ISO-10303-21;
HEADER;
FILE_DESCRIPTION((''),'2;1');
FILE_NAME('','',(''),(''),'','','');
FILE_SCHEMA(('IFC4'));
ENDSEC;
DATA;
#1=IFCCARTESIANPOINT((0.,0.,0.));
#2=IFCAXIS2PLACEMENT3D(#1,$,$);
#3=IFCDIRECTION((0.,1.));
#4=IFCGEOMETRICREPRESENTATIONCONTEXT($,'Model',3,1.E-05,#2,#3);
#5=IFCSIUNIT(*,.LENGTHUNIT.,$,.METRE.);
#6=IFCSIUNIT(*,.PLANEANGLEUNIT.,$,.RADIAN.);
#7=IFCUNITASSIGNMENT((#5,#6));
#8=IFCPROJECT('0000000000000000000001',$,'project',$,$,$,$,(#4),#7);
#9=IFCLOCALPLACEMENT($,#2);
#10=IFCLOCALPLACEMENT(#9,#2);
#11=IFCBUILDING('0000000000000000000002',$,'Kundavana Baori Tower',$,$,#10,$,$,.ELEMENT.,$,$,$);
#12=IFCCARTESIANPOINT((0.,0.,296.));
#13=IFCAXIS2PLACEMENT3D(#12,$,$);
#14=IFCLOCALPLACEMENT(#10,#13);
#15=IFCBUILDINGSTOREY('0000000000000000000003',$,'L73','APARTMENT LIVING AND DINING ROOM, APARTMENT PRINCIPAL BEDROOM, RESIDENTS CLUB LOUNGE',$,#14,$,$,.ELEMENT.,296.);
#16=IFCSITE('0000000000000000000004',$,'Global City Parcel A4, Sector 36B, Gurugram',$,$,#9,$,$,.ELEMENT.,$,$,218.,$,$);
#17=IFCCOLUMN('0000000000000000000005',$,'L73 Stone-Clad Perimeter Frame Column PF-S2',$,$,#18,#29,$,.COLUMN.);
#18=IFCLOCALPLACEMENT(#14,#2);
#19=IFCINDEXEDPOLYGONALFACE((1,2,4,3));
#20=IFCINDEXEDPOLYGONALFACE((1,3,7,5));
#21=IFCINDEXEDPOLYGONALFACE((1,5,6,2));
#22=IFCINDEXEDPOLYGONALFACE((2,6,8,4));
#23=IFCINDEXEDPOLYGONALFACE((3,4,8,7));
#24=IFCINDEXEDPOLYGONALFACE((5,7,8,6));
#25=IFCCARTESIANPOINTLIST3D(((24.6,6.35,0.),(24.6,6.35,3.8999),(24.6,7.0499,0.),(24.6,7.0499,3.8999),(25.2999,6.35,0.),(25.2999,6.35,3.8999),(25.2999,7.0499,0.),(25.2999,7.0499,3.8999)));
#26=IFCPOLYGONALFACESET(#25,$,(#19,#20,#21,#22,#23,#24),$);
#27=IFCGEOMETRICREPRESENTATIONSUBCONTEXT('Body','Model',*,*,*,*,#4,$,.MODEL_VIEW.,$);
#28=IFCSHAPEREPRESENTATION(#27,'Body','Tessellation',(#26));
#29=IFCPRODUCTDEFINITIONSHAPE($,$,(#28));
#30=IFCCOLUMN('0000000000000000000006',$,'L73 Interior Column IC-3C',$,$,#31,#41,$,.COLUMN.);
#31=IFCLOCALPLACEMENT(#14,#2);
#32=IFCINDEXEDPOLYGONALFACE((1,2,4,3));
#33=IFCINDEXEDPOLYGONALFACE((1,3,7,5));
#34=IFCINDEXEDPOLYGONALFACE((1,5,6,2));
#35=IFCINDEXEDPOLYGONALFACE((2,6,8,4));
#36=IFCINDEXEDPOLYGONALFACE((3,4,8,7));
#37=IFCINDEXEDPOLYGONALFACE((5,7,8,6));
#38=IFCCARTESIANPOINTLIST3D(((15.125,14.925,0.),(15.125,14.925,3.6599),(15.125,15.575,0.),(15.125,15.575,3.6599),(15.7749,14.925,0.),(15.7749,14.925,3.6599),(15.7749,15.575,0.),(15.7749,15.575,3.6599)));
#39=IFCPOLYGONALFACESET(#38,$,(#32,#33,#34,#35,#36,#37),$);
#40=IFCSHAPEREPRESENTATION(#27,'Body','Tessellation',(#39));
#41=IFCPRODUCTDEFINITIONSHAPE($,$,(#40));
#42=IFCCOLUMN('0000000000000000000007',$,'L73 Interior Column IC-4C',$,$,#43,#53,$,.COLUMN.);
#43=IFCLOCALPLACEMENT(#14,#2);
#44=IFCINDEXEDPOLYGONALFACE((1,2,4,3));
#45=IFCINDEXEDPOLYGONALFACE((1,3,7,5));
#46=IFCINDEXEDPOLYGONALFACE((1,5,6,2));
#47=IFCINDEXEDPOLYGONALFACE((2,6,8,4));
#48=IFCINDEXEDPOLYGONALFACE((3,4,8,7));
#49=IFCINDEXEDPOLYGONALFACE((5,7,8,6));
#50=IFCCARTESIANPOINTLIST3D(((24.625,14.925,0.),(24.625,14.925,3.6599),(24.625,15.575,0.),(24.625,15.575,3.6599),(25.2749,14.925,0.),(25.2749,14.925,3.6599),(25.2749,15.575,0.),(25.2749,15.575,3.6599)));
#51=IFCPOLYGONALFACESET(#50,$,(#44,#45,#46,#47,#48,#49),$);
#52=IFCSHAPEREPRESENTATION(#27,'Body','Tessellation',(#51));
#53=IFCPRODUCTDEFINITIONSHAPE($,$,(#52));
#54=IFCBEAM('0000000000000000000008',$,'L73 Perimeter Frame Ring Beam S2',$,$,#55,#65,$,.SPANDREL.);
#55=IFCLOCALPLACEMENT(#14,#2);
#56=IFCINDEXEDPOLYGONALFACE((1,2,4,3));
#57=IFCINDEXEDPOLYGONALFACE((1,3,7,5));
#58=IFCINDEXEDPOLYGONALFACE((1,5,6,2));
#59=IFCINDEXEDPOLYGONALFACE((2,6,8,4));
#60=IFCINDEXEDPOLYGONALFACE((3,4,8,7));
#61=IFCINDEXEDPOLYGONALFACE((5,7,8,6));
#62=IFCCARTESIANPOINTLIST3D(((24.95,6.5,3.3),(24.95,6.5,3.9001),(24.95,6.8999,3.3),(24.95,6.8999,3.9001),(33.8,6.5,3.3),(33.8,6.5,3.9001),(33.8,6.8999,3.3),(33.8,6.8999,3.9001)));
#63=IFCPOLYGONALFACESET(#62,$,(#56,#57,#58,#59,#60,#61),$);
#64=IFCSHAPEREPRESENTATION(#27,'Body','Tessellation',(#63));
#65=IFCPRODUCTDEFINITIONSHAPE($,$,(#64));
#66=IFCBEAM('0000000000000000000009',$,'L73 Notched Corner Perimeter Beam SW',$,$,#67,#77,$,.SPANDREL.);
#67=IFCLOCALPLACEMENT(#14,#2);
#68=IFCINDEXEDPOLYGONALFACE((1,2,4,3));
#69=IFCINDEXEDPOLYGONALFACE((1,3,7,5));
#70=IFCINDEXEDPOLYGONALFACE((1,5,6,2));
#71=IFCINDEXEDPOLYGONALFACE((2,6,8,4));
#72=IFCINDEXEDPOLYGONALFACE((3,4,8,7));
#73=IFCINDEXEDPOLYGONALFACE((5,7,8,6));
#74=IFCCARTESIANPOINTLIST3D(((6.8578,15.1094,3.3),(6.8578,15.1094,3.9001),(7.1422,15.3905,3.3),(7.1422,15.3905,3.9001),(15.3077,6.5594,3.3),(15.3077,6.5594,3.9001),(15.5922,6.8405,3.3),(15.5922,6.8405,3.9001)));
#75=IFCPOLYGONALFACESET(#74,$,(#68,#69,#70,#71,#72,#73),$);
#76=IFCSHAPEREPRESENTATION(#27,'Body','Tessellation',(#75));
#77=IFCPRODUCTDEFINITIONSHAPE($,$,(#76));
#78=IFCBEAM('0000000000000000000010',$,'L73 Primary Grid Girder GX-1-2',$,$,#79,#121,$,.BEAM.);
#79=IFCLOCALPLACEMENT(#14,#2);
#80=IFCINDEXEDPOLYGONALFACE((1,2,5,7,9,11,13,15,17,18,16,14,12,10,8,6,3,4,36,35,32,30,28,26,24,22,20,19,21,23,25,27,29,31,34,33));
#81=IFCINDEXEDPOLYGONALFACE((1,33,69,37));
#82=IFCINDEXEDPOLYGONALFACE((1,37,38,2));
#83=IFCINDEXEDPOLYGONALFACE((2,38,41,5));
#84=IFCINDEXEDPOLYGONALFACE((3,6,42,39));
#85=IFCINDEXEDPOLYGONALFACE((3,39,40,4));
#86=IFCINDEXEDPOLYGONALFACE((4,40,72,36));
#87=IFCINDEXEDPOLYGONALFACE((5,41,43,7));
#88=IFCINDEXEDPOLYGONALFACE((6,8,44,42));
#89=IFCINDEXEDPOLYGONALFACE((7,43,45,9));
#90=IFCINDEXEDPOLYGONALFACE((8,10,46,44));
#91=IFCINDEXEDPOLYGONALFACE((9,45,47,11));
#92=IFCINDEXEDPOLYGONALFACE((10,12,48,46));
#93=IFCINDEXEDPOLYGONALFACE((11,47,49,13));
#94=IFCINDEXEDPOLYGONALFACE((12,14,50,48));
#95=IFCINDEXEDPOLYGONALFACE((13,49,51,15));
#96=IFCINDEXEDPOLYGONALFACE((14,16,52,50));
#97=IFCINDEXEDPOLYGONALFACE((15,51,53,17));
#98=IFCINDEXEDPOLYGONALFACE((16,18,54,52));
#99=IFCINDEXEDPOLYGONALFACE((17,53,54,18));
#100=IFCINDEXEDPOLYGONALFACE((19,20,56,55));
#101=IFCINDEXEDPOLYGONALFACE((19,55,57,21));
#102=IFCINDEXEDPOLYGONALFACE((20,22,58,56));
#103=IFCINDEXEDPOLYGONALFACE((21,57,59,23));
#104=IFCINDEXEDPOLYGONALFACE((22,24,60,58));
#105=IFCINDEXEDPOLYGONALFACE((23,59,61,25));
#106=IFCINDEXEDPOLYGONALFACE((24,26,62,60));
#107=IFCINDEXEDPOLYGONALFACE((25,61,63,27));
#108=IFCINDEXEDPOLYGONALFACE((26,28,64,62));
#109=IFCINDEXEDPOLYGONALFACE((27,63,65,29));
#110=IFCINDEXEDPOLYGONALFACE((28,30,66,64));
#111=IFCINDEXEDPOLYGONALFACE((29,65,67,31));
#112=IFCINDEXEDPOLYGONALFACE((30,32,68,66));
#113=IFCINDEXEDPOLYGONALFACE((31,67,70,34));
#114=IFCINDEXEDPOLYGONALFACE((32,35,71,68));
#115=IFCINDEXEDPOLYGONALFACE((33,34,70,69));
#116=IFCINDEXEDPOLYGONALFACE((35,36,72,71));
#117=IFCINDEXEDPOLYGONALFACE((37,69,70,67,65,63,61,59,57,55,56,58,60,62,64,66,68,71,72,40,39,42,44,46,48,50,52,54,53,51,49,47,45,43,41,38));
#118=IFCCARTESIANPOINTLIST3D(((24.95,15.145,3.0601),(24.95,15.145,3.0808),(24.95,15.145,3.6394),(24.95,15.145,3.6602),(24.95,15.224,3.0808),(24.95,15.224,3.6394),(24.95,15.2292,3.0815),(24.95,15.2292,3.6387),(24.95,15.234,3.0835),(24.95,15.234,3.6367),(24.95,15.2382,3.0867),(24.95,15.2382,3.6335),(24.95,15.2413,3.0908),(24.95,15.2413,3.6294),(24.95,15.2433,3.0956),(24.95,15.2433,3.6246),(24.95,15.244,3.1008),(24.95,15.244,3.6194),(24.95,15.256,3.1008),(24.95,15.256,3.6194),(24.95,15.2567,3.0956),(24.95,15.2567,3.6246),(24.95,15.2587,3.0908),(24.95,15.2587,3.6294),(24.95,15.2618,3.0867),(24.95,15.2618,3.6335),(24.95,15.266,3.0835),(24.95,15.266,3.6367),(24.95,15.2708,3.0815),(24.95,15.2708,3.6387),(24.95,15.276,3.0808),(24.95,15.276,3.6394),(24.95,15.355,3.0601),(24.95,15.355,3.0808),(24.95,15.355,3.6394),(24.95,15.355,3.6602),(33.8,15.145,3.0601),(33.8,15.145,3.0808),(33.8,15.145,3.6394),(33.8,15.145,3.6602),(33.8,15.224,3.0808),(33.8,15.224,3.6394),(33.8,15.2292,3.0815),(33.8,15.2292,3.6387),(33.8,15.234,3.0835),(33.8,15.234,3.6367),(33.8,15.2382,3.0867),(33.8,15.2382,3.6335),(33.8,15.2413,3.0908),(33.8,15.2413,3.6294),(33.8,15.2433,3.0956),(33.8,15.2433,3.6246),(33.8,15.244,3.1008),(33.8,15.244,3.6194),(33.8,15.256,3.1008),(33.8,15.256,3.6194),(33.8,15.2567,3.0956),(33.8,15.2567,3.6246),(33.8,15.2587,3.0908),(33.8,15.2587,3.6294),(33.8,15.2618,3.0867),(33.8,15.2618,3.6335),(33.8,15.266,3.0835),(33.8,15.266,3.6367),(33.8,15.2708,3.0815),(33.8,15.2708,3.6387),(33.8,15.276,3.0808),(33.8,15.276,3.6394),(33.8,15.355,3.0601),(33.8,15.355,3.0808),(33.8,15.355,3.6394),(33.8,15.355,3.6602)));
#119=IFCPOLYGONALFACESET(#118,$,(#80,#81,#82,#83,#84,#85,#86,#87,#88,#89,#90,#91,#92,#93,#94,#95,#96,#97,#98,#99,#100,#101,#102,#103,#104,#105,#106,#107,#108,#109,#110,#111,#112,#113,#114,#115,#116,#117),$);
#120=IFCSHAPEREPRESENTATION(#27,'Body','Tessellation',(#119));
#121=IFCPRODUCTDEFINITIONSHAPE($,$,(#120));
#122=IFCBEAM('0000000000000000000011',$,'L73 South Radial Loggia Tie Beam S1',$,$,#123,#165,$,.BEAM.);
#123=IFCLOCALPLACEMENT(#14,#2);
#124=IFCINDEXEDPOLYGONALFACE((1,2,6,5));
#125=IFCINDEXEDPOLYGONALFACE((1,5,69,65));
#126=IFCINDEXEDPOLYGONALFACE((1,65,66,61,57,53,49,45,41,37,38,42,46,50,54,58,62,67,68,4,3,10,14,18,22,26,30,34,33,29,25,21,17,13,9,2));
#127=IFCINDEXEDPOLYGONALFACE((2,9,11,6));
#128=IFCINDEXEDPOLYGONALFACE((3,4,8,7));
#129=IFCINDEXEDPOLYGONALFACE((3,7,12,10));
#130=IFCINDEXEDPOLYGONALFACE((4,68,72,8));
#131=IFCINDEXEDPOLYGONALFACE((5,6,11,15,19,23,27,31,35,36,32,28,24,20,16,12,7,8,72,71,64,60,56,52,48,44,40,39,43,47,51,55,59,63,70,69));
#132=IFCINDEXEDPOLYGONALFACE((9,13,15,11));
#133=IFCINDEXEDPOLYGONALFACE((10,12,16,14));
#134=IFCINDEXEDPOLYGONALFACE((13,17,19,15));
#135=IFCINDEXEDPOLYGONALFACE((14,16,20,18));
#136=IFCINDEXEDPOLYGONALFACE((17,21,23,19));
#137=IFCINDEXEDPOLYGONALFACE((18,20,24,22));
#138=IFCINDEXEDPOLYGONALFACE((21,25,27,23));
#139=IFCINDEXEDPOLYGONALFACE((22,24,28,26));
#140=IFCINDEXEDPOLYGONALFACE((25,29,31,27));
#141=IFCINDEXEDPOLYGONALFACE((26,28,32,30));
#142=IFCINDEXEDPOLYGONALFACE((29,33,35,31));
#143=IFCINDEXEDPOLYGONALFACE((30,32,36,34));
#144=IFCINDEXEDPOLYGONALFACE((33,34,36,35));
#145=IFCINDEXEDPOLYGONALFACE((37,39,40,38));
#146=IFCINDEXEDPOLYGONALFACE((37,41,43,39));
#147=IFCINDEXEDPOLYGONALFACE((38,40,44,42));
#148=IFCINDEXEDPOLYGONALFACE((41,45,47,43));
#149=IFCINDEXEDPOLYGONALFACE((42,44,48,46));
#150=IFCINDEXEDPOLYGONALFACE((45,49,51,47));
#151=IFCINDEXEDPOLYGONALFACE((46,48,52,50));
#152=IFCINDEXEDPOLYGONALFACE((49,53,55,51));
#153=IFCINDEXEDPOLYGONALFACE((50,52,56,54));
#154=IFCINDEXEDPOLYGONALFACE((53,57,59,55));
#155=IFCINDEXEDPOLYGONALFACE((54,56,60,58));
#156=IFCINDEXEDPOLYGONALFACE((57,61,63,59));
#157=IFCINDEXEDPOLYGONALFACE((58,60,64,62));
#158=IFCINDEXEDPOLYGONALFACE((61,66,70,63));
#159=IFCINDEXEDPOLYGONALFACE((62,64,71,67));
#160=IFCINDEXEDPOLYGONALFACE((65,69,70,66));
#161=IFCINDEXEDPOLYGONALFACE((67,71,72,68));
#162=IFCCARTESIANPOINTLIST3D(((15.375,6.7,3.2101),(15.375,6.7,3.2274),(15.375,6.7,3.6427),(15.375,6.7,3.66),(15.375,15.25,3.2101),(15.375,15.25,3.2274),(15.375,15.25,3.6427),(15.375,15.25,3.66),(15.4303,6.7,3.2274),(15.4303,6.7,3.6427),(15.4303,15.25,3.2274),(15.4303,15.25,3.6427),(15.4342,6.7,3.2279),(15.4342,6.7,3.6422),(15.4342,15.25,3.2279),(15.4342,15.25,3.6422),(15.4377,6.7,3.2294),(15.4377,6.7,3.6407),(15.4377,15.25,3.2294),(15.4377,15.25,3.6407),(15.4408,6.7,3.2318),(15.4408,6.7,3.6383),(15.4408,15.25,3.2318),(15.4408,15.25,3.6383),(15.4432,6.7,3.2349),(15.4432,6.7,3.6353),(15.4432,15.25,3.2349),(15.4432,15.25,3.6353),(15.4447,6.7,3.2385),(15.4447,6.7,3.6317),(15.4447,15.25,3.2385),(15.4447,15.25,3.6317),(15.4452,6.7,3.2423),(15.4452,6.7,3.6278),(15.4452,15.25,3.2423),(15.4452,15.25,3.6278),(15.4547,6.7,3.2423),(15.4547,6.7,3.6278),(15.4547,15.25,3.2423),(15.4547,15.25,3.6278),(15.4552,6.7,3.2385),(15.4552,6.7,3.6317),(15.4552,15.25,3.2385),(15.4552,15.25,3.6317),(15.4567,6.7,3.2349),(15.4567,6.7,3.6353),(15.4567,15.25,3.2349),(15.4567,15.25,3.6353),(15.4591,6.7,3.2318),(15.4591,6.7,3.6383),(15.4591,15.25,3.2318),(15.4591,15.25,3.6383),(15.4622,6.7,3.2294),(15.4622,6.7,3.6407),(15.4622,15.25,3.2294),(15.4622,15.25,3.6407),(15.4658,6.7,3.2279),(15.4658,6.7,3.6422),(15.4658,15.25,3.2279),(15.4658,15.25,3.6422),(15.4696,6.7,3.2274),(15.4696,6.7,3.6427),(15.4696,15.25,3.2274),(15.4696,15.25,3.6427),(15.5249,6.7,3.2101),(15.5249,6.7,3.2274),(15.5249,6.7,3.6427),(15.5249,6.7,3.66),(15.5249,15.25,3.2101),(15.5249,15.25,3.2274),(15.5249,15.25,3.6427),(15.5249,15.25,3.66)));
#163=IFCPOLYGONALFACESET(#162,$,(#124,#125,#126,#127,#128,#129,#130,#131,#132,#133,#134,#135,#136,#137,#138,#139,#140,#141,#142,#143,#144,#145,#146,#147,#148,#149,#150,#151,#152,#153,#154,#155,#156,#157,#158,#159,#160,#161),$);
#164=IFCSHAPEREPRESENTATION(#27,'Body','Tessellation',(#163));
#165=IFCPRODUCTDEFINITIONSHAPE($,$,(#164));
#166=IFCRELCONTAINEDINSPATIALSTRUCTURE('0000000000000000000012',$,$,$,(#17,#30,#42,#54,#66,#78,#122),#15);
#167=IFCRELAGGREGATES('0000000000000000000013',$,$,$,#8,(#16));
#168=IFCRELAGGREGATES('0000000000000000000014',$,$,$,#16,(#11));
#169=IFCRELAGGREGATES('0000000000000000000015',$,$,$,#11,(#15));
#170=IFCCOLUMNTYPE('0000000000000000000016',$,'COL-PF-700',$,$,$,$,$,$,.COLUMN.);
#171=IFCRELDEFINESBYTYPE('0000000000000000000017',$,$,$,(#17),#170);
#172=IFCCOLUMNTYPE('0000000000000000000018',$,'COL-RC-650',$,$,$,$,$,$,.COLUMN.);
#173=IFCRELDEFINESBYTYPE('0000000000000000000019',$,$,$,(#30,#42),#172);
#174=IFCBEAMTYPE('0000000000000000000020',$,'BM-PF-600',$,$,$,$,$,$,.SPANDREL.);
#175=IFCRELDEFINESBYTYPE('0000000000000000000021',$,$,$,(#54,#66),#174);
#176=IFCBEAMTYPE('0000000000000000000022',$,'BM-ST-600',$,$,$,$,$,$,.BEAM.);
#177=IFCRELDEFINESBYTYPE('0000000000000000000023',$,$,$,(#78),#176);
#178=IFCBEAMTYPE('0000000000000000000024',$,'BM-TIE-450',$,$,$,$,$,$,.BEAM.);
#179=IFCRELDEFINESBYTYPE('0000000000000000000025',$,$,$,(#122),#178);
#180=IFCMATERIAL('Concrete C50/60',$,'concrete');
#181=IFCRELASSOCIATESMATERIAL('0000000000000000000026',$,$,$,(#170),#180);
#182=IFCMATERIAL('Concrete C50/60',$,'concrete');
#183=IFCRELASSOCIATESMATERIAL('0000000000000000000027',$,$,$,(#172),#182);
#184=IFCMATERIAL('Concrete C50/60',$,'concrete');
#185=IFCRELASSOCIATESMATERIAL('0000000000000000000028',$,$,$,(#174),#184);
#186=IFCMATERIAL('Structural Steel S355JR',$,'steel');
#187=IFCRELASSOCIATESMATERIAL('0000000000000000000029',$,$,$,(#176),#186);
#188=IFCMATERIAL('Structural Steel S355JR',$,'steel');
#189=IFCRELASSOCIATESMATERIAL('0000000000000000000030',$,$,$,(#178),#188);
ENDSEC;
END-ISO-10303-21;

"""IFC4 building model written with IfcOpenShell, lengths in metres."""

from ifc_helpers import new_model, si_unit, direction, frame, origin, origin_2d, place, context, subcontext, project, spatial, rectangle, i_section, extrude, material, material_profile, profile_set, type_object, element, save


model = new_model("IFC4")

# Units and contexts
model_context = context("Model", 3, precision=1e-05, world=origin(), true_north=direction((0.0, 1.0)))
body_context = subcontext(model_context, "Body", "Model", "MODEL_VIEW")
ifc_project = project(units=[si_unit("LENGTHUNIT", "METRE"), si_unit("PLANEANGLEUNIT", "RADIAN")], contexts=[model_context])

# Site, building, storey
site_placement = place(None, origin())
site = spatial("IfcSite", under=ifc_project, at=site_placement, Name="Global City Parcel A4, Sector 36B, Gurugram", CompositionType="ELEMENT", RefElevation=218.0)
building_placement = place(site_placement, origin())
building = spatial("IfcBuilding", under=site, at=building_placement, Name="Kundavana Baori Tower", CompositionType="ELEMENT")
storey_placement = place(building_placement, frame((0.0, 0.0, 296.0)))
storey = spatial("IfcBuildingStorey", under=building, at=storey_placement, Name="L73", Description="APARTMENT LIVING AND DINING ROOM, APARTMENT PRINCIPAL BEDROOM, RESIDENTS CLUB LOUNGE", CompositionType="ELEMENT", Elevation=296.0)

# Columns
ifc_material_1 = material(Name="Concrete C50/60", Category="concrete")
ifc_material_profile_1 = material_profile(ifc_material_1, rectangle(XDim=0.7, YDim=0.7, at=origin_2d()), Name="RC PF 700x700")
ifc_profile_set_1 = profile_set([ifc_material_profile_1], Name="Concrete C50/60")
column_type_1 = type_object("IfcColumnType", Name="COL-PF-700", PredefinedType="COLUMN", material=ifc_profile_set_1)
column_placement = place(storey_placement, frame((24.95, 6.7, 0.0), z_axis=(0.0, 0.0, 1.0), x_axis=(1.0, 0.0, 0.0)))
element("IfcColumn", 1, at=column_placement, inside=storey, type_object=column_type_1, Name="L73 Stone-Clad Perimeter Frame Column PF-S2", PredefinedType="COLUMN", context=body_context, shape_type="SweptSolid", body=[
    extrude(rectangle(XDim=0.7, YDim=0.7, at=origin_2d()), origin(), (0.0, 0.0, 1.0), 3.8999),
])
ifc_material_2 = material(Name="Concrete C50/60", Category="concrete")
ifc_material_profile_2 = material_profile(ifc_material_2, rectangle(XDim=0.6499, YDim=0.6499, at=origin_2d()), Name="RC 650x650")
ifc_profile_set_2 = profile_set([ifc_material_profile_2], Name="Concrete C50/60")
column_type_2 = type_object("IfcColumnType", Name="COL-RC-650", PredefinedType="COLUMN", material=ifc_profile_set_2)
for number, where, z_axis, x_axis, name in (
    (2, (15.45, 15.25, 0.0), (0.0, 0.0, 1.0), (1.0, 0.0, 0.0), "L73 Interior Column IC-3C"),
    (3, (24.95, 15.25, 0.0), (0.0, 0.0, 1.0), (1.0, 0.0, 0.0), "L73 Interior Column IC-4C"),
):
    element("IfcColumn", number, at=place(storey_placement, frame(where, z_axis=z_axis, x_axis=x_axis)), inside=storey, type_object=column_type_2, Name=name, PredefinedType="COLUMN", context=body_context, shape_type="SweptSolid", body=[
        extrude(rectangle(XDim=0.6499, YDim=0.6499, at=origin_2d()), origin(), (0.0, 0.0, 1.0), 3.6599),
    ])

# Beams
ifc_material_3 = material(Name="Concrete C50/60", Category="concrete")
ifc_material_profile_3 = material_profile(ifc_material_3, rectangle(XDim=0.3999, YDim=0.6001, at=origin_2d()), Name="RC BM 400x600")
ifc_profile_set_3 = profile_set([ifc_material_profile_3], Name="Concrete C50/60")
beam_type_1 = type_object("IfcBeamType", Name="BM-PF-600", PredefinedType="SPANDREL", material=ifc_profile_set_3)
beam_1_placement = place(storey_placement, frame((24.95, 6.7, 3.6001), z_axis=(1.0, 0.0, 0.0), x_axis=(0.0, 1.0, 0.0)))
element("IfcBeam", 4, at=beam_1_placement, inside=storey, type_object=beam_type_1, Name="L73 Perimeter Frame Ring Beam S2", PredefinedType="SPANDREL", context=body_context, shape_type="SweptSolid", body=[
    extrude(rectangle(XDim=0.3999, YDim=0.6001, at=origin_2d()), origin(), (0.0, 0.0, 1.0), 8.8501),
])
beam_2_placement = place(storey_placement, frame((15.45, 6.7, 3.6001), z_axis=(-0.702931, 0.711258, 0.0), x_axis=(-0.711258, -0.702931, 0.0)))
element("IfcBeam", 5, at=beam_2_placement, inside=storey, type_object=beam_type_1, Name="L73 Notched Corner Perimeter Beam SW", PredefinedType="SPANDREL", context=body_context, shape_type="SweptSolid", body=[
    extrude(rectangle(XDim=0.3999, YDim=0.6001, at=origin_2d()), origin(), (0.0, 0.0, 1.0), 12.021),
])
ifc_material_4 = material(Name="Structural Steel S355JR", Category="steel")
ifc_material_profile_4 = material_profile(ifc_material_4, i_section(OverallWidth=0.21, OverallDepth=0.6001, WebThickness=0.012, FlangeThickness=0.0208, FilletRadius=0.02, at=origin_2d()), Name="ISMB 600")
ifc_profile_set_4 = profile_set([ifc_material_profile_4], Name="Structural Steel S355JR")
beam_type_2 = type_object("IfcBeamType", Name="BM-ST-600", PredefinedType="BEAM", material=ifc_profile_set_4)
beam_3_placement = place(storey_placement, frame((24.95, 15.25, 3.3601), z_axis=(1.0, 0.0, 0.0), x_axis=(0.0, 1.0, 0.0)))
element("IfcBeam", 6, at=beam_3_placement, inside=storey, type_object=beam_type_2, Name="L73 Primary Grid Girder GX-1-2", PredefinedType="BEAM", context=body_context, shape_type="SweptSolid", body=[
    extrude(i_section(OverallWidth=0.21, OverallDepth=0.6001, WebThickness=0.012, FlangeThickness=0.0208, FilletRadius=0.02, at=origin_2d()), origin(), (0.0, 0.0, 1.0), 8.8501),
])
ifc_material_5 = material(Name="Structural Steel S355JR", Category="steel")
ifc_material_profile_5 = material_profile(ifc_material_5, i_section(OverallWidth=0.1499, OverallDepth=0.45, WebThickness=0.0095, FlangeThickness=0.0173, FilletRadius=0.0149, at=origin_2d()), Name="ISMB 450")
ifc_profile_set_5 = profile_set([ifc_material_profile_5], Name="Structural Steel S355JR")
beam_type_3 = type_object("IfcBeamType", Name="BM-TIE-450", PredefinedType="BEAM", material=ifc_profile_set_5)
for number, where, z_axis, x_axis, name in (
    (7, (15.45, 15.25, 3.4351), (0.0, -1.0, 0.0), (1.0, 0.0, 0.0), "L73 South Radial Loggia Tie Beam S1"),
):
    element("IfcBeam", number, at=place(storey_placement, frame(where, z_axis=z_axis, x_axis=x_axis)), inside=storey, type_object=beam_type_3, Name=name, PredefinedType="BEAM", context=body_context, shape_type="SweptSolid", body=[
        extrude(i_section(OverallWidth=0.1499, OverallDepth=0.45, WebThickness=0.0095, FlangeThickness=0.0173, FilletRadius=0.0149, at=origin_2d()), origin(), (0.0, 0.0, 1.0), 8.55),
    ])

save(model, "model.ifc")
